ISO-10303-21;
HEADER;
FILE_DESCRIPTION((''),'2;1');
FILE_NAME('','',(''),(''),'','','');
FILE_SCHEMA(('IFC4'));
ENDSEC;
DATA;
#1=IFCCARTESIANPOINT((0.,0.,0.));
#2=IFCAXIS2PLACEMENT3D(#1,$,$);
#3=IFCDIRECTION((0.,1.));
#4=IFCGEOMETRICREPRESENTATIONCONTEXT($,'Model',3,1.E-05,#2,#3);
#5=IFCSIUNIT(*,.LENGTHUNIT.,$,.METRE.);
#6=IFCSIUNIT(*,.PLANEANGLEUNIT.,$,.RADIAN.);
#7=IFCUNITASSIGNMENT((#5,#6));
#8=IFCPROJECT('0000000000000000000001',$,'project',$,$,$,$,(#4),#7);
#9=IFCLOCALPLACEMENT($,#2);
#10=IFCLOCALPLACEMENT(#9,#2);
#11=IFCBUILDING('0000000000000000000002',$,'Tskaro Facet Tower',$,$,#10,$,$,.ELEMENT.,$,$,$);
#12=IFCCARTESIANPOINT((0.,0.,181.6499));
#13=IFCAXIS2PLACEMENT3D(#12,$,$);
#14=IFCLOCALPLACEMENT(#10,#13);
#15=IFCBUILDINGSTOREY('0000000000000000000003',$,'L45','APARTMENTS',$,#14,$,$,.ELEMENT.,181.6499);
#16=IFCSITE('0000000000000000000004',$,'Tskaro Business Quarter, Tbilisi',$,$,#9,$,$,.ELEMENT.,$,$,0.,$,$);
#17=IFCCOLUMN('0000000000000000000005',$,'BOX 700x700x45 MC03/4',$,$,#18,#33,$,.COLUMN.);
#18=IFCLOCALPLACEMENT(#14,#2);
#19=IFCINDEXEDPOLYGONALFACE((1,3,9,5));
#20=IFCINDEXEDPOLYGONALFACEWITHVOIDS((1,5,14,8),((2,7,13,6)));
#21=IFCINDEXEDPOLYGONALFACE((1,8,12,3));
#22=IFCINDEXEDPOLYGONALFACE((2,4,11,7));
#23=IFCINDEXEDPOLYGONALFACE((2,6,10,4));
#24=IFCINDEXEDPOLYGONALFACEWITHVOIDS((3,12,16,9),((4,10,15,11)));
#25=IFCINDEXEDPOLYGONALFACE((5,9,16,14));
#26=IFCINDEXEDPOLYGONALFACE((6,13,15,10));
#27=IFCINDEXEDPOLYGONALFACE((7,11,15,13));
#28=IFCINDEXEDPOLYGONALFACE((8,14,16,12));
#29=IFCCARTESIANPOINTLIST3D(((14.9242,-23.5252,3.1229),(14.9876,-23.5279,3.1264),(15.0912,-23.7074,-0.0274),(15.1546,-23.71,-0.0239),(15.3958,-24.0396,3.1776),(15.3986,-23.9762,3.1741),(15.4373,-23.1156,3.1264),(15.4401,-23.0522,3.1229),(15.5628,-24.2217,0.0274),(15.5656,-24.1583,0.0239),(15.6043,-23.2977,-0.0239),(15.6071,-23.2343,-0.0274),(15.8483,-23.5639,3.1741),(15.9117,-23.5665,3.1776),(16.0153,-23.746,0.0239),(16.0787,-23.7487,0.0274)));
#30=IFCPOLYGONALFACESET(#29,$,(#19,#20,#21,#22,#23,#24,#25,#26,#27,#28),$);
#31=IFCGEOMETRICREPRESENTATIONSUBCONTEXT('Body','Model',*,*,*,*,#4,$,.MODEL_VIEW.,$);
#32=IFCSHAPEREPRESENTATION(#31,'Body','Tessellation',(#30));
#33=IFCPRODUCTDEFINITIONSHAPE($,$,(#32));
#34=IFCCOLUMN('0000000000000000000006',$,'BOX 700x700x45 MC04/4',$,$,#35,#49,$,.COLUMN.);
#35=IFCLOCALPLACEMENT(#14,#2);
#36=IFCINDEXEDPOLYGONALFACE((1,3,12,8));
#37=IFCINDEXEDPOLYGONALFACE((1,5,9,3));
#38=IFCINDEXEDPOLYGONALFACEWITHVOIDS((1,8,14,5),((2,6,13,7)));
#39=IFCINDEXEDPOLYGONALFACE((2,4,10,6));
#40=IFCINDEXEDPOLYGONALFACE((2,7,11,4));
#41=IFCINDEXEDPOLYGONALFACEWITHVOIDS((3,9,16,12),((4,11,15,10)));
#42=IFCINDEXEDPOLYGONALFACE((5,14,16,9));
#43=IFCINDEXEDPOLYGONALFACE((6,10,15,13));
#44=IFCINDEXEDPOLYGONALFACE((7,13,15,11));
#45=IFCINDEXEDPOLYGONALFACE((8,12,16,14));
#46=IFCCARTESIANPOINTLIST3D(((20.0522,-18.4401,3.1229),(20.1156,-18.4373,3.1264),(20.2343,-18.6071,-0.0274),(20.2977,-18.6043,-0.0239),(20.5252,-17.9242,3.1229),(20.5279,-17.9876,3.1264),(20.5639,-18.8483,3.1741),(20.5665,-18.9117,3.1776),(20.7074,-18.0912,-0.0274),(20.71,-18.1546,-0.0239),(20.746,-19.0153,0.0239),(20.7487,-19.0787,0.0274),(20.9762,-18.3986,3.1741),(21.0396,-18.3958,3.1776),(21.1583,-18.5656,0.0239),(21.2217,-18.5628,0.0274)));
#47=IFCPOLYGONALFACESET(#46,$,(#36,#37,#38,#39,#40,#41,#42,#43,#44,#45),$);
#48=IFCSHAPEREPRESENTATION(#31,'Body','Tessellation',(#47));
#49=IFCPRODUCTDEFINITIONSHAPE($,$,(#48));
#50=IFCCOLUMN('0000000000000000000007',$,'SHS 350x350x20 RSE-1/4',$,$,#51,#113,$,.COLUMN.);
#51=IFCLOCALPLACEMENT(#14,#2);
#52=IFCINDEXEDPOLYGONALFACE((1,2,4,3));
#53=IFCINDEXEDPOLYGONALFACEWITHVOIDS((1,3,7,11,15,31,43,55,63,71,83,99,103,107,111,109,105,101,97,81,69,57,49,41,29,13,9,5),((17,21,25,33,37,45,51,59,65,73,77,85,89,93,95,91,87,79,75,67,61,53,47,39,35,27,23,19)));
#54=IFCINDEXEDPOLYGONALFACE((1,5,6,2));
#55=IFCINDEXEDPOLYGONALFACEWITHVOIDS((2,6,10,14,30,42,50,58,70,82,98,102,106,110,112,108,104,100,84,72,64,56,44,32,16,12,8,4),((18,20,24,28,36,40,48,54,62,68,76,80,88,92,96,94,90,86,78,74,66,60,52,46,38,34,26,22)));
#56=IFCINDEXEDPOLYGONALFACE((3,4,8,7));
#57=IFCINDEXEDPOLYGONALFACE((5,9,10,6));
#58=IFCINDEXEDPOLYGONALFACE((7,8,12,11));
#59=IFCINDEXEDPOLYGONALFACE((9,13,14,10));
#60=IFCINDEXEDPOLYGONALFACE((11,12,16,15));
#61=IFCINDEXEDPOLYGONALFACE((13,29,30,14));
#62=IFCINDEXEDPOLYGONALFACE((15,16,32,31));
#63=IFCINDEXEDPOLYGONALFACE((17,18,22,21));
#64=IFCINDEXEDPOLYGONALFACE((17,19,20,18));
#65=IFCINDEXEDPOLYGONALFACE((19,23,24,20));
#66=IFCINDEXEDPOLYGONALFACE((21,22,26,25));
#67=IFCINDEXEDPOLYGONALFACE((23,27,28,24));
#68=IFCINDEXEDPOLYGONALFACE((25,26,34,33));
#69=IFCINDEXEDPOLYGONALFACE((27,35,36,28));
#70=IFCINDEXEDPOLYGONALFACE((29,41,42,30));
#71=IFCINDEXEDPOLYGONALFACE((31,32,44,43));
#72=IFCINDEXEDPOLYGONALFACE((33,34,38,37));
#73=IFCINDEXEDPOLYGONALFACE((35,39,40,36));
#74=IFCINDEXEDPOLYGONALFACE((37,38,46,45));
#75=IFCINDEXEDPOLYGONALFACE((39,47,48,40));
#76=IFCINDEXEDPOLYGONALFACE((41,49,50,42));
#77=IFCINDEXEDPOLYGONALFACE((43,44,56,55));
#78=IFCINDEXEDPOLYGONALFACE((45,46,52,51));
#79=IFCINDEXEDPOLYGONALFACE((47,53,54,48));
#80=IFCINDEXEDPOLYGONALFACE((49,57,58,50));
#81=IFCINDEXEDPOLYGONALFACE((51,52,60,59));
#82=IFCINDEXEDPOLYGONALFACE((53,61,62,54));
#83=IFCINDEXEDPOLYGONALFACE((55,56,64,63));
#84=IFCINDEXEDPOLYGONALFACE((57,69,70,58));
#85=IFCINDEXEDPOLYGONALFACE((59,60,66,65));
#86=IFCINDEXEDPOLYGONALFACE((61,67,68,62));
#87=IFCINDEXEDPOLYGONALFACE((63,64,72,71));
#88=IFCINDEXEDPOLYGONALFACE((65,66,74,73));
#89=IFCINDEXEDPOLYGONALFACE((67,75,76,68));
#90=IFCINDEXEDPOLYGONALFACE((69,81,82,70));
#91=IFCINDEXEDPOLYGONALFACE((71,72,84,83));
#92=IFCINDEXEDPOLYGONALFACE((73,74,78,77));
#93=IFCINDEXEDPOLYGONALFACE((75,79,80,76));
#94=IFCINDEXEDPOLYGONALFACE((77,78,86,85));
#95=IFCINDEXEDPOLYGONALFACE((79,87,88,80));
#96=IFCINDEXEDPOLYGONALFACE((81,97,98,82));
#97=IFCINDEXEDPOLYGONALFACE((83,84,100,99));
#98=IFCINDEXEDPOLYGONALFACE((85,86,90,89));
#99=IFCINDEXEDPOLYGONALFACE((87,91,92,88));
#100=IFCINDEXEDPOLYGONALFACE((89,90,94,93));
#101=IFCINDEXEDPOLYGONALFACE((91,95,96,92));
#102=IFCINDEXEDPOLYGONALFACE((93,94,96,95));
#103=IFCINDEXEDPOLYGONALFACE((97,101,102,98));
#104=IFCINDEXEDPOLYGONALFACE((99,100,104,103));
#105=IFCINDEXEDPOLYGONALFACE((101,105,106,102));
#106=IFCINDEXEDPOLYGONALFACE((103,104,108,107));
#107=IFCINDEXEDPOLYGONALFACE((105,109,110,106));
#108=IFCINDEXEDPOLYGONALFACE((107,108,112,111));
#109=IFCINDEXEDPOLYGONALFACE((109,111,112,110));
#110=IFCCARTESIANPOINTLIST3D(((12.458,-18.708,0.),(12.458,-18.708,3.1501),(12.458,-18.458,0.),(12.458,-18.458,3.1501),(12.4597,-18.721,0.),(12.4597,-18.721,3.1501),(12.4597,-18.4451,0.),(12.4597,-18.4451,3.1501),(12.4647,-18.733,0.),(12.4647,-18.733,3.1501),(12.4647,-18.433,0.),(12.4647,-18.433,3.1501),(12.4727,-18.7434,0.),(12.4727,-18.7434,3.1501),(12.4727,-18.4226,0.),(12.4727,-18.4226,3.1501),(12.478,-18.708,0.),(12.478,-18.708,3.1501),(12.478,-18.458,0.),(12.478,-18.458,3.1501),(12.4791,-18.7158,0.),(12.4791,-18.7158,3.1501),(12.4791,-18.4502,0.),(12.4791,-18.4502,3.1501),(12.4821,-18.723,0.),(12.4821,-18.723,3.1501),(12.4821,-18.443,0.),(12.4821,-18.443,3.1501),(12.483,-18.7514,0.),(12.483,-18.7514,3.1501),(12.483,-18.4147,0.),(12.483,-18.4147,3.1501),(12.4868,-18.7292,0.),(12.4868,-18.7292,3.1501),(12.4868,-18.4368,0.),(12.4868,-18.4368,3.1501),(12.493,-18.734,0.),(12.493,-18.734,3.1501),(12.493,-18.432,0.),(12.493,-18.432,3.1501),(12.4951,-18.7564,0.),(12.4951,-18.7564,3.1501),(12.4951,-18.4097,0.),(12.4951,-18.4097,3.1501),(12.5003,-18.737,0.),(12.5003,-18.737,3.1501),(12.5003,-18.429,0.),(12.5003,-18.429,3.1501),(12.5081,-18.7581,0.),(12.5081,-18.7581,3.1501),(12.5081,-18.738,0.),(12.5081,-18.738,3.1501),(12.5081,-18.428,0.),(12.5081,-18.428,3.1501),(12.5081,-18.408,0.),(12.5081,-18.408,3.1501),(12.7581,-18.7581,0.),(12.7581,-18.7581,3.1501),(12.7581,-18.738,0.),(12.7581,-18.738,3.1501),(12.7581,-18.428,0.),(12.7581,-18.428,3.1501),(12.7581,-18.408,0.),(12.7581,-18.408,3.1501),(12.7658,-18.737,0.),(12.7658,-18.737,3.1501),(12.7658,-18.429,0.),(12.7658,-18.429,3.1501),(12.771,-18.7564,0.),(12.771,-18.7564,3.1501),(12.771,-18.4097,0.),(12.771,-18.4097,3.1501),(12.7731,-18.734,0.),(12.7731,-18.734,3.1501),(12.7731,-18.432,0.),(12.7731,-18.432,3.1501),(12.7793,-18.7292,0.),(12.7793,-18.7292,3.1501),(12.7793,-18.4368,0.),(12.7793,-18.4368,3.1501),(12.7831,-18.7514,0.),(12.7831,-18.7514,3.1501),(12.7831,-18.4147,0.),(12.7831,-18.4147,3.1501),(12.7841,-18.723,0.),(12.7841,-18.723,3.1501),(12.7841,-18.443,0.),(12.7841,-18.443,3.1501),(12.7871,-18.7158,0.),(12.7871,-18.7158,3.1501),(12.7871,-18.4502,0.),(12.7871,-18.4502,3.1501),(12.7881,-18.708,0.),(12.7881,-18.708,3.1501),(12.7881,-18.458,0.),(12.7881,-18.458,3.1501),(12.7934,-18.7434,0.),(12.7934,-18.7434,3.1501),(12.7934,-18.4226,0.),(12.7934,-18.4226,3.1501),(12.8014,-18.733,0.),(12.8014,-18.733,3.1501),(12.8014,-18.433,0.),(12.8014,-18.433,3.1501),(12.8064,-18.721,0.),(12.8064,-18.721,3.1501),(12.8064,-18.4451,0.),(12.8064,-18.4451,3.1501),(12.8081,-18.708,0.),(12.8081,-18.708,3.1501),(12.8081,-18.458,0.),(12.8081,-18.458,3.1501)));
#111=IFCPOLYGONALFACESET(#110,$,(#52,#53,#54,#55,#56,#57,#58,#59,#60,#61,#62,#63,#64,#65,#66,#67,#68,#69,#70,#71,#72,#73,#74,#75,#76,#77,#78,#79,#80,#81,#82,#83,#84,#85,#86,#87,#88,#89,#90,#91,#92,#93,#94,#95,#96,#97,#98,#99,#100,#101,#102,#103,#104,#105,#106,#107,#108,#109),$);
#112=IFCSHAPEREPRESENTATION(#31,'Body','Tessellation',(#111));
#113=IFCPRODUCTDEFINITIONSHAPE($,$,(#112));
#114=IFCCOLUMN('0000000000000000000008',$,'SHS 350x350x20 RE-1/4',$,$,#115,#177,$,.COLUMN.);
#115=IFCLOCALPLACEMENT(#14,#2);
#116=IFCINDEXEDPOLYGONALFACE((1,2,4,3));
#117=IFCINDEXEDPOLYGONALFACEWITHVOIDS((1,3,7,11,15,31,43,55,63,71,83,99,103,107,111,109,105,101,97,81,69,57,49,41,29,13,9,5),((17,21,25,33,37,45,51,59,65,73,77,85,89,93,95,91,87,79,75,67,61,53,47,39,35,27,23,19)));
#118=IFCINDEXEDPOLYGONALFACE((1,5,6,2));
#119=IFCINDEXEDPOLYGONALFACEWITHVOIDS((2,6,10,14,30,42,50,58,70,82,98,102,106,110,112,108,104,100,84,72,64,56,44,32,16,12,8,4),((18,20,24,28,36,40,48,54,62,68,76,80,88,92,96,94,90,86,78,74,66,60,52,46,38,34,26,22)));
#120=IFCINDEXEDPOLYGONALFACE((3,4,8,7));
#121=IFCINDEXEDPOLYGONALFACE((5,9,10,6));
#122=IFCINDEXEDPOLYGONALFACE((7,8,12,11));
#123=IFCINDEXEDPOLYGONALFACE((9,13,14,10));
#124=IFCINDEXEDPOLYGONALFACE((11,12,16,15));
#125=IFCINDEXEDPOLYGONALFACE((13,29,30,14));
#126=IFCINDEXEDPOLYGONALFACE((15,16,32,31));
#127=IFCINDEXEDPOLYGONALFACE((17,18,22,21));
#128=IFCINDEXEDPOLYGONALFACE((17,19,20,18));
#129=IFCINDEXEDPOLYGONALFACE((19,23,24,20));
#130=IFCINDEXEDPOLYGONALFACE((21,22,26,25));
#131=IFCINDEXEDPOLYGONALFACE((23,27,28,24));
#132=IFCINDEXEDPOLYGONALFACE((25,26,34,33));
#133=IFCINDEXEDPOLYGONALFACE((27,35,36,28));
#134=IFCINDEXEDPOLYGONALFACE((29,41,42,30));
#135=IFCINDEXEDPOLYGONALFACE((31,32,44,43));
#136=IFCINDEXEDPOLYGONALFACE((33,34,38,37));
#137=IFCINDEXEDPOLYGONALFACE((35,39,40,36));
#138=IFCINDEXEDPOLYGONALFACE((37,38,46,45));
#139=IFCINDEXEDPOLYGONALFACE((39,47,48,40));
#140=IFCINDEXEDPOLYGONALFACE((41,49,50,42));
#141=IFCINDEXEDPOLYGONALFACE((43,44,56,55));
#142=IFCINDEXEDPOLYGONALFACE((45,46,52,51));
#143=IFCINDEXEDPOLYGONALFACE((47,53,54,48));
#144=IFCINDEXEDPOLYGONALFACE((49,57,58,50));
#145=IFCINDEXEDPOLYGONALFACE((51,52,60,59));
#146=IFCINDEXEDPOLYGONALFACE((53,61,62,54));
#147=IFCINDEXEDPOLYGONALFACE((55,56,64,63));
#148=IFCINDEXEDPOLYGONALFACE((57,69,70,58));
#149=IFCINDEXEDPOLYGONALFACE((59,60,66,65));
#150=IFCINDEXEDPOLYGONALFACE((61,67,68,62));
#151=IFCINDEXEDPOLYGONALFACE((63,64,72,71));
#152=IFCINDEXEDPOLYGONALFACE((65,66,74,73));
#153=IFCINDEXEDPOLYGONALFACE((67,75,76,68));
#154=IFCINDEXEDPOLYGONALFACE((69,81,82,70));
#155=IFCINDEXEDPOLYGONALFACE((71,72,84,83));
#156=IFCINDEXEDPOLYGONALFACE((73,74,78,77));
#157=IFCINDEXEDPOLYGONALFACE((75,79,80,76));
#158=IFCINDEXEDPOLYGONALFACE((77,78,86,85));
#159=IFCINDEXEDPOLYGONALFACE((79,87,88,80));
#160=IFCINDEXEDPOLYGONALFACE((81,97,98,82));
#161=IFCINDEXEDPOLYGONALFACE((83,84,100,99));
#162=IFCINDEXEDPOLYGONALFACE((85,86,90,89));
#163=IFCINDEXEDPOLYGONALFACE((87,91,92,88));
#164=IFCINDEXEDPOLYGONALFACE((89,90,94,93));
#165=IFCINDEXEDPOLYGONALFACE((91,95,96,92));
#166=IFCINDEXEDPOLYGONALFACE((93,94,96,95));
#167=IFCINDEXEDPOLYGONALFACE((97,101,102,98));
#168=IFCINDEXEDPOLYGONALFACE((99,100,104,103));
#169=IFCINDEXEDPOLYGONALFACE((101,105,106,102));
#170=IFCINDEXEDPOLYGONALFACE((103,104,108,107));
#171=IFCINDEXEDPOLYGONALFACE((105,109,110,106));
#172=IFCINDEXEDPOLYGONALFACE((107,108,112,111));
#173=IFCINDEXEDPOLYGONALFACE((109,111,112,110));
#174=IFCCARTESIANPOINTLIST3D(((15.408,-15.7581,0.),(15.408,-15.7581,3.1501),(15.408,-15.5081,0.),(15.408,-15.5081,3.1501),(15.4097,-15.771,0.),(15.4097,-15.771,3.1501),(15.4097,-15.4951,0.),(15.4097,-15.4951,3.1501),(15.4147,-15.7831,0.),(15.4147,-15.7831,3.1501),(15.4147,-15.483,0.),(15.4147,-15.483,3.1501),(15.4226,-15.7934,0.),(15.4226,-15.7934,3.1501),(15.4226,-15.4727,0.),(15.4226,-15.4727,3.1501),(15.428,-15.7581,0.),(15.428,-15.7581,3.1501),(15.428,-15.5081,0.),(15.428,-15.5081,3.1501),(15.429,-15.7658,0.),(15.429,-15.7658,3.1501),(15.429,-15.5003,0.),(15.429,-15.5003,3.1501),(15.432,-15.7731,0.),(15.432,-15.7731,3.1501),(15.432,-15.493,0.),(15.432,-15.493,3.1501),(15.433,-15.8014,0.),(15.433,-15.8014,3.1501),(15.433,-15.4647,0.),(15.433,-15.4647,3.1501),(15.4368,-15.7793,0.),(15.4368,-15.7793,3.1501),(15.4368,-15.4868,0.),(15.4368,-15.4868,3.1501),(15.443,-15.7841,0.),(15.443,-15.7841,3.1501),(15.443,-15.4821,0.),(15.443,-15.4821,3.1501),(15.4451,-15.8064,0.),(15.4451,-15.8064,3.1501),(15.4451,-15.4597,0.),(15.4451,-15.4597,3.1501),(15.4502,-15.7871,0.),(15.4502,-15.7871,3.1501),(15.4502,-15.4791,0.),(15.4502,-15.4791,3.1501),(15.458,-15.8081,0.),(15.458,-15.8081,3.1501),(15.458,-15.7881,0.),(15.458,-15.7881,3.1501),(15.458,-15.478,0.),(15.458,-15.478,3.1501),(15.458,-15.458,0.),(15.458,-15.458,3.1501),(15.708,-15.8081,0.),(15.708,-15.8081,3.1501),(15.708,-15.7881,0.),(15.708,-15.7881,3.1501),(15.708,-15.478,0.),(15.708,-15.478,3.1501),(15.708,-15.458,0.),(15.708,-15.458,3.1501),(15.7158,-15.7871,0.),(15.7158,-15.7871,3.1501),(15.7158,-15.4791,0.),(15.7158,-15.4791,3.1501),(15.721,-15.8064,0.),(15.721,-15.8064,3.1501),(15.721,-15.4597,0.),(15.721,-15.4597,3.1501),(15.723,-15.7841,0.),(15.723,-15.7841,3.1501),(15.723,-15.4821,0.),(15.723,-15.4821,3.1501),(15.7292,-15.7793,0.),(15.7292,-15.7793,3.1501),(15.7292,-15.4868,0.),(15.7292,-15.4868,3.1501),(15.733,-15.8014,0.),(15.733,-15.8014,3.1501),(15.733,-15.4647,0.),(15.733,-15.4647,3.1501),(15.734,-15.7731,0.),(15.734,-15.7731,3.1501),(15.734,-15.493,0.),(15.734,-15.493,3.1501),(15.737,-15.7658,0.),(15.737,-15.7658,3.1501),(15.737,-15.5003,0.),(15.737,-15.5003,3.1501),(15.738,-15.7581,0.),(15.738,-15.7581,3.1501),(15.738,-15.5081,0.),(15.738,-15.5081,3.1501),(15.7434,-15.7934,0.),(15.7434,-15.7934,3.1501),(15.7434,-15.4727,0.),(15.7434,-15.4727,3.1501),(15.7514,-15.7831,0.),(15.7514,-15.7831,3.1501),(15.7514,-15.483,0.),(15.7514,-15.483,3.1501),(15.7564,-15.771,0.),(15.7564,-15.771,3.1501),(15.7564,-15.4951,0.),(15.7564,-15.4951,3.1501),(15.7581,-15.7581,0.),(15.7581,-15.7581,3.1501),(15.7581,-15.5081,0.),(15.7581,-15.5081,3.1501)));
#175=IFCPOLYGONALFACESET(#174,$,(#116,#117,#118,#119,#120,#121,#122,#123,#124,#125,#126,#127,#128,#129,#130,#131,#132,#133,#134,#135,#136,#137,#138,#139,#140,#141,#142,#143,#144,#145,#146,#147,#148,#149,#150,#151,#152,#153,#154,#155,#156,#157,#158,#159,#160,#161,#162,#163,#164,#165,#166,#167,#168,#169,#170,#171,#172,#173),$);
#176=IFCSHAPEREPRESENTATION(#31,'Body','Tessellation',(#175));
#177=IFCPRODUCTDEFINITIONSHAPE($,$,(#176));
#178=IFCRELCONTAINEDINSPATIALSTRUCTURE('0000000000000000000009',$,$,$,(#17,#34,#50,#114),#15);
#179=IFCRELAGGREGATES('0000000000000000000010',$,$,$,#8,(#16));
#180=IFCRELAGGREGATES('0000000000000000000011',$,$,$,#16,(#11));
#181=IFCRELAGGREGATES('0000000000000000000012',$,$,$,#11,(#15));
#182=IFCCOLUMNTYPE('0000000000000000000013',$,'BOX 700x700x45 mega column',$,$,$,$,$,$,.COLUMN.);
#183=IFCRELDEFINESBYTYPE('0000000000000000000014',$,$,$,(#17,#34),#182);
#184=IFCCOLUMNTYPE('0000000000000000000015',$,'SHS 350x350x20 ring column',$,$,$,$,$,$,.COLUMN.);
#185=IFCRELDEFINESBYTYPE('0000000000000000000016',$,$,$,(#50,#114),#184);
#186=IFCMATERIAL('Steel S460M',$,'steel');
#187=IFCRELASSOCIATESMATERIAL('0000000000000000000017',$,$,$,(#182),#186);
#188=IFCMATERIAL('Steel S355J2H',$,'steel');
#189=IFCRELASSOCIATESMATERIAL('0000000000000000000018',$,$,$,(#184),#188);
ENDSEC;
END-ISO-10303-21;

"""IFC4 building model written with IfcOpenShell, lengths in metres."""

from ifc_helpers import new_model, si_unit, direction, frame, origin, origin_2d, place, context, subcontext, project, spatial, hollow_rectangle, extrude, material, material_profile, profile_set, type_object, element, save


model = new_model("IFC4")

# Units and contexts
model_context = context("Model", 3, precision=1e-05, world=origin(), true_north=direction((0.0, 1.0)))
body_context = subcontext(model_context, "Body", "Model", "MODEL_VIEW")
ifc_project = project(units=[si_unit("LENGTHUNIT", "METRE"), si_unit("PLANEANGLEUNIT", "RADIAN")], contexts=[model_context])

# Site, building, storey
site_placement = place(None, origin())
site = spatial("IfcSite", under=ifc_project, at=site_placement, Name="Tskaro Business Quarter, Tbilisi", CompositionType="ELEMENT", RefElevation=0.0)
building_placement = place(site_placement, origin())
building = spatial("IfcBuilding", under=site, at=building_placement, Name="Tskaro Facet Tower", CompositionType="ELEMENT")
storey_placement = place(building_placement, frame((0.0, 0.0, 181.6499)))
storey = spatial("IfcBuildingStorey", under=building, at=storey_placement, Name="L45", Description="APARTMENTS", CompositionType="ELEMENT", Elevation=181.6499)

# Columns
ifc_material_1 = material(Name="Steel S460M", Category="steel")
ifc_material_profile_1 = material_profile(ifc_material_1, hollow_rectangle(XDim=0.7, YDim=0.7, WallThickness=0.0449, at=origin_2d()), Name="BOX 700x700x45")
ifc_profile_set_1 = profile_set([ifc_material_profile_1], Name="Steel S460M")
column_type_1 = type_object("IfcColumnType", Name="BOX 700x700x45 mega column", PredefinedType="COLUMN", material=ifc_profile_set_1)
for number, where, z_axis, x_axis, name in (
    (1, (15.585, -23.728, 0.0), (-0.052849, 0.057639, 0.996938), (-0.737072, -0.675814, 0.0), "BOX 700x700x45 MC03/4"),
    (2, (20.728, -18.585, 0.0), (-0.057639, 0.052849, 0.996938), (-0.675814, -0.737072, 0.0), "BOX 700x700x45 MC04/4"),
):
    element("IfcColumn", number, at=place(storey_placement, frame(where, z_axis=z_axis, x_axis=x_axis)), inside=storey, type_object=column_type_1, Name=name, PredefinedType="COLUMN", context=body_context, shape_type="SweptSolid", body=[
        extrude(hollow_rectangle(XDim=0.7, YDim=0.7, WallThickness=0.0449, at=origin_2d()), origin(), (0.0, 0.0, 1.0), 3.1599),
    ])
ifc_material_2 = material(Name="Steel S355J2H", Category="steel")
ifc_material_profile_2 = material_profile(ifc_material_2, hollow_rectangle(XDim=0.3501, YDim=0.3501, WallThickness=0.02, InnerFilletRadius=0.03, OuterFilletRadius=0.05, at=origin_2d()), Name="SHS 350x350x20")
ifc_profile_set_2 = profile_set([ifc_material_profile_2], Name="Steel S355J2H")
column_type_2 = type_object("IfcColumnType", Name="SHS 350x350x20 ring column", PredefinedType="COLUMN", material=ifc_profile_set_2)
for number, where, z_axis, x_axis, name in (
    (3, (12.6331, -18.583, 0.0), (0.0, 0.0, 1.0), (1.0, 0.0, 0.0), "SHS 350x350x20 RSE-1/4"),
    (4, (15.583, -15.6331, 0.0), (0.0, 0.0, 1.0), (1.0, 0.0, 0.0), "SHS 350x350x20 RE-1/4"),
):
    element("IfcColumn", number, at=place(storey_placement, frame(where, z_axis=z_axis, x_axis=x_axis)), inside=storey, type_object=column_type_2, Name=name, PredefinedType="COLUMN", context=body_context, shape_type="SweptSolid", body=[
        extrude(hollow_rectangle(XDim=0.3501, YDim=0.3501, WallThickness=0.02, InnerFilletRadius=0.03, OuterFilletRadius=0.05, at=origin_2d()), origin(), (0.0, 0.0, 1.0), 3.1501),
    ])

save(model, "model.ifc")
